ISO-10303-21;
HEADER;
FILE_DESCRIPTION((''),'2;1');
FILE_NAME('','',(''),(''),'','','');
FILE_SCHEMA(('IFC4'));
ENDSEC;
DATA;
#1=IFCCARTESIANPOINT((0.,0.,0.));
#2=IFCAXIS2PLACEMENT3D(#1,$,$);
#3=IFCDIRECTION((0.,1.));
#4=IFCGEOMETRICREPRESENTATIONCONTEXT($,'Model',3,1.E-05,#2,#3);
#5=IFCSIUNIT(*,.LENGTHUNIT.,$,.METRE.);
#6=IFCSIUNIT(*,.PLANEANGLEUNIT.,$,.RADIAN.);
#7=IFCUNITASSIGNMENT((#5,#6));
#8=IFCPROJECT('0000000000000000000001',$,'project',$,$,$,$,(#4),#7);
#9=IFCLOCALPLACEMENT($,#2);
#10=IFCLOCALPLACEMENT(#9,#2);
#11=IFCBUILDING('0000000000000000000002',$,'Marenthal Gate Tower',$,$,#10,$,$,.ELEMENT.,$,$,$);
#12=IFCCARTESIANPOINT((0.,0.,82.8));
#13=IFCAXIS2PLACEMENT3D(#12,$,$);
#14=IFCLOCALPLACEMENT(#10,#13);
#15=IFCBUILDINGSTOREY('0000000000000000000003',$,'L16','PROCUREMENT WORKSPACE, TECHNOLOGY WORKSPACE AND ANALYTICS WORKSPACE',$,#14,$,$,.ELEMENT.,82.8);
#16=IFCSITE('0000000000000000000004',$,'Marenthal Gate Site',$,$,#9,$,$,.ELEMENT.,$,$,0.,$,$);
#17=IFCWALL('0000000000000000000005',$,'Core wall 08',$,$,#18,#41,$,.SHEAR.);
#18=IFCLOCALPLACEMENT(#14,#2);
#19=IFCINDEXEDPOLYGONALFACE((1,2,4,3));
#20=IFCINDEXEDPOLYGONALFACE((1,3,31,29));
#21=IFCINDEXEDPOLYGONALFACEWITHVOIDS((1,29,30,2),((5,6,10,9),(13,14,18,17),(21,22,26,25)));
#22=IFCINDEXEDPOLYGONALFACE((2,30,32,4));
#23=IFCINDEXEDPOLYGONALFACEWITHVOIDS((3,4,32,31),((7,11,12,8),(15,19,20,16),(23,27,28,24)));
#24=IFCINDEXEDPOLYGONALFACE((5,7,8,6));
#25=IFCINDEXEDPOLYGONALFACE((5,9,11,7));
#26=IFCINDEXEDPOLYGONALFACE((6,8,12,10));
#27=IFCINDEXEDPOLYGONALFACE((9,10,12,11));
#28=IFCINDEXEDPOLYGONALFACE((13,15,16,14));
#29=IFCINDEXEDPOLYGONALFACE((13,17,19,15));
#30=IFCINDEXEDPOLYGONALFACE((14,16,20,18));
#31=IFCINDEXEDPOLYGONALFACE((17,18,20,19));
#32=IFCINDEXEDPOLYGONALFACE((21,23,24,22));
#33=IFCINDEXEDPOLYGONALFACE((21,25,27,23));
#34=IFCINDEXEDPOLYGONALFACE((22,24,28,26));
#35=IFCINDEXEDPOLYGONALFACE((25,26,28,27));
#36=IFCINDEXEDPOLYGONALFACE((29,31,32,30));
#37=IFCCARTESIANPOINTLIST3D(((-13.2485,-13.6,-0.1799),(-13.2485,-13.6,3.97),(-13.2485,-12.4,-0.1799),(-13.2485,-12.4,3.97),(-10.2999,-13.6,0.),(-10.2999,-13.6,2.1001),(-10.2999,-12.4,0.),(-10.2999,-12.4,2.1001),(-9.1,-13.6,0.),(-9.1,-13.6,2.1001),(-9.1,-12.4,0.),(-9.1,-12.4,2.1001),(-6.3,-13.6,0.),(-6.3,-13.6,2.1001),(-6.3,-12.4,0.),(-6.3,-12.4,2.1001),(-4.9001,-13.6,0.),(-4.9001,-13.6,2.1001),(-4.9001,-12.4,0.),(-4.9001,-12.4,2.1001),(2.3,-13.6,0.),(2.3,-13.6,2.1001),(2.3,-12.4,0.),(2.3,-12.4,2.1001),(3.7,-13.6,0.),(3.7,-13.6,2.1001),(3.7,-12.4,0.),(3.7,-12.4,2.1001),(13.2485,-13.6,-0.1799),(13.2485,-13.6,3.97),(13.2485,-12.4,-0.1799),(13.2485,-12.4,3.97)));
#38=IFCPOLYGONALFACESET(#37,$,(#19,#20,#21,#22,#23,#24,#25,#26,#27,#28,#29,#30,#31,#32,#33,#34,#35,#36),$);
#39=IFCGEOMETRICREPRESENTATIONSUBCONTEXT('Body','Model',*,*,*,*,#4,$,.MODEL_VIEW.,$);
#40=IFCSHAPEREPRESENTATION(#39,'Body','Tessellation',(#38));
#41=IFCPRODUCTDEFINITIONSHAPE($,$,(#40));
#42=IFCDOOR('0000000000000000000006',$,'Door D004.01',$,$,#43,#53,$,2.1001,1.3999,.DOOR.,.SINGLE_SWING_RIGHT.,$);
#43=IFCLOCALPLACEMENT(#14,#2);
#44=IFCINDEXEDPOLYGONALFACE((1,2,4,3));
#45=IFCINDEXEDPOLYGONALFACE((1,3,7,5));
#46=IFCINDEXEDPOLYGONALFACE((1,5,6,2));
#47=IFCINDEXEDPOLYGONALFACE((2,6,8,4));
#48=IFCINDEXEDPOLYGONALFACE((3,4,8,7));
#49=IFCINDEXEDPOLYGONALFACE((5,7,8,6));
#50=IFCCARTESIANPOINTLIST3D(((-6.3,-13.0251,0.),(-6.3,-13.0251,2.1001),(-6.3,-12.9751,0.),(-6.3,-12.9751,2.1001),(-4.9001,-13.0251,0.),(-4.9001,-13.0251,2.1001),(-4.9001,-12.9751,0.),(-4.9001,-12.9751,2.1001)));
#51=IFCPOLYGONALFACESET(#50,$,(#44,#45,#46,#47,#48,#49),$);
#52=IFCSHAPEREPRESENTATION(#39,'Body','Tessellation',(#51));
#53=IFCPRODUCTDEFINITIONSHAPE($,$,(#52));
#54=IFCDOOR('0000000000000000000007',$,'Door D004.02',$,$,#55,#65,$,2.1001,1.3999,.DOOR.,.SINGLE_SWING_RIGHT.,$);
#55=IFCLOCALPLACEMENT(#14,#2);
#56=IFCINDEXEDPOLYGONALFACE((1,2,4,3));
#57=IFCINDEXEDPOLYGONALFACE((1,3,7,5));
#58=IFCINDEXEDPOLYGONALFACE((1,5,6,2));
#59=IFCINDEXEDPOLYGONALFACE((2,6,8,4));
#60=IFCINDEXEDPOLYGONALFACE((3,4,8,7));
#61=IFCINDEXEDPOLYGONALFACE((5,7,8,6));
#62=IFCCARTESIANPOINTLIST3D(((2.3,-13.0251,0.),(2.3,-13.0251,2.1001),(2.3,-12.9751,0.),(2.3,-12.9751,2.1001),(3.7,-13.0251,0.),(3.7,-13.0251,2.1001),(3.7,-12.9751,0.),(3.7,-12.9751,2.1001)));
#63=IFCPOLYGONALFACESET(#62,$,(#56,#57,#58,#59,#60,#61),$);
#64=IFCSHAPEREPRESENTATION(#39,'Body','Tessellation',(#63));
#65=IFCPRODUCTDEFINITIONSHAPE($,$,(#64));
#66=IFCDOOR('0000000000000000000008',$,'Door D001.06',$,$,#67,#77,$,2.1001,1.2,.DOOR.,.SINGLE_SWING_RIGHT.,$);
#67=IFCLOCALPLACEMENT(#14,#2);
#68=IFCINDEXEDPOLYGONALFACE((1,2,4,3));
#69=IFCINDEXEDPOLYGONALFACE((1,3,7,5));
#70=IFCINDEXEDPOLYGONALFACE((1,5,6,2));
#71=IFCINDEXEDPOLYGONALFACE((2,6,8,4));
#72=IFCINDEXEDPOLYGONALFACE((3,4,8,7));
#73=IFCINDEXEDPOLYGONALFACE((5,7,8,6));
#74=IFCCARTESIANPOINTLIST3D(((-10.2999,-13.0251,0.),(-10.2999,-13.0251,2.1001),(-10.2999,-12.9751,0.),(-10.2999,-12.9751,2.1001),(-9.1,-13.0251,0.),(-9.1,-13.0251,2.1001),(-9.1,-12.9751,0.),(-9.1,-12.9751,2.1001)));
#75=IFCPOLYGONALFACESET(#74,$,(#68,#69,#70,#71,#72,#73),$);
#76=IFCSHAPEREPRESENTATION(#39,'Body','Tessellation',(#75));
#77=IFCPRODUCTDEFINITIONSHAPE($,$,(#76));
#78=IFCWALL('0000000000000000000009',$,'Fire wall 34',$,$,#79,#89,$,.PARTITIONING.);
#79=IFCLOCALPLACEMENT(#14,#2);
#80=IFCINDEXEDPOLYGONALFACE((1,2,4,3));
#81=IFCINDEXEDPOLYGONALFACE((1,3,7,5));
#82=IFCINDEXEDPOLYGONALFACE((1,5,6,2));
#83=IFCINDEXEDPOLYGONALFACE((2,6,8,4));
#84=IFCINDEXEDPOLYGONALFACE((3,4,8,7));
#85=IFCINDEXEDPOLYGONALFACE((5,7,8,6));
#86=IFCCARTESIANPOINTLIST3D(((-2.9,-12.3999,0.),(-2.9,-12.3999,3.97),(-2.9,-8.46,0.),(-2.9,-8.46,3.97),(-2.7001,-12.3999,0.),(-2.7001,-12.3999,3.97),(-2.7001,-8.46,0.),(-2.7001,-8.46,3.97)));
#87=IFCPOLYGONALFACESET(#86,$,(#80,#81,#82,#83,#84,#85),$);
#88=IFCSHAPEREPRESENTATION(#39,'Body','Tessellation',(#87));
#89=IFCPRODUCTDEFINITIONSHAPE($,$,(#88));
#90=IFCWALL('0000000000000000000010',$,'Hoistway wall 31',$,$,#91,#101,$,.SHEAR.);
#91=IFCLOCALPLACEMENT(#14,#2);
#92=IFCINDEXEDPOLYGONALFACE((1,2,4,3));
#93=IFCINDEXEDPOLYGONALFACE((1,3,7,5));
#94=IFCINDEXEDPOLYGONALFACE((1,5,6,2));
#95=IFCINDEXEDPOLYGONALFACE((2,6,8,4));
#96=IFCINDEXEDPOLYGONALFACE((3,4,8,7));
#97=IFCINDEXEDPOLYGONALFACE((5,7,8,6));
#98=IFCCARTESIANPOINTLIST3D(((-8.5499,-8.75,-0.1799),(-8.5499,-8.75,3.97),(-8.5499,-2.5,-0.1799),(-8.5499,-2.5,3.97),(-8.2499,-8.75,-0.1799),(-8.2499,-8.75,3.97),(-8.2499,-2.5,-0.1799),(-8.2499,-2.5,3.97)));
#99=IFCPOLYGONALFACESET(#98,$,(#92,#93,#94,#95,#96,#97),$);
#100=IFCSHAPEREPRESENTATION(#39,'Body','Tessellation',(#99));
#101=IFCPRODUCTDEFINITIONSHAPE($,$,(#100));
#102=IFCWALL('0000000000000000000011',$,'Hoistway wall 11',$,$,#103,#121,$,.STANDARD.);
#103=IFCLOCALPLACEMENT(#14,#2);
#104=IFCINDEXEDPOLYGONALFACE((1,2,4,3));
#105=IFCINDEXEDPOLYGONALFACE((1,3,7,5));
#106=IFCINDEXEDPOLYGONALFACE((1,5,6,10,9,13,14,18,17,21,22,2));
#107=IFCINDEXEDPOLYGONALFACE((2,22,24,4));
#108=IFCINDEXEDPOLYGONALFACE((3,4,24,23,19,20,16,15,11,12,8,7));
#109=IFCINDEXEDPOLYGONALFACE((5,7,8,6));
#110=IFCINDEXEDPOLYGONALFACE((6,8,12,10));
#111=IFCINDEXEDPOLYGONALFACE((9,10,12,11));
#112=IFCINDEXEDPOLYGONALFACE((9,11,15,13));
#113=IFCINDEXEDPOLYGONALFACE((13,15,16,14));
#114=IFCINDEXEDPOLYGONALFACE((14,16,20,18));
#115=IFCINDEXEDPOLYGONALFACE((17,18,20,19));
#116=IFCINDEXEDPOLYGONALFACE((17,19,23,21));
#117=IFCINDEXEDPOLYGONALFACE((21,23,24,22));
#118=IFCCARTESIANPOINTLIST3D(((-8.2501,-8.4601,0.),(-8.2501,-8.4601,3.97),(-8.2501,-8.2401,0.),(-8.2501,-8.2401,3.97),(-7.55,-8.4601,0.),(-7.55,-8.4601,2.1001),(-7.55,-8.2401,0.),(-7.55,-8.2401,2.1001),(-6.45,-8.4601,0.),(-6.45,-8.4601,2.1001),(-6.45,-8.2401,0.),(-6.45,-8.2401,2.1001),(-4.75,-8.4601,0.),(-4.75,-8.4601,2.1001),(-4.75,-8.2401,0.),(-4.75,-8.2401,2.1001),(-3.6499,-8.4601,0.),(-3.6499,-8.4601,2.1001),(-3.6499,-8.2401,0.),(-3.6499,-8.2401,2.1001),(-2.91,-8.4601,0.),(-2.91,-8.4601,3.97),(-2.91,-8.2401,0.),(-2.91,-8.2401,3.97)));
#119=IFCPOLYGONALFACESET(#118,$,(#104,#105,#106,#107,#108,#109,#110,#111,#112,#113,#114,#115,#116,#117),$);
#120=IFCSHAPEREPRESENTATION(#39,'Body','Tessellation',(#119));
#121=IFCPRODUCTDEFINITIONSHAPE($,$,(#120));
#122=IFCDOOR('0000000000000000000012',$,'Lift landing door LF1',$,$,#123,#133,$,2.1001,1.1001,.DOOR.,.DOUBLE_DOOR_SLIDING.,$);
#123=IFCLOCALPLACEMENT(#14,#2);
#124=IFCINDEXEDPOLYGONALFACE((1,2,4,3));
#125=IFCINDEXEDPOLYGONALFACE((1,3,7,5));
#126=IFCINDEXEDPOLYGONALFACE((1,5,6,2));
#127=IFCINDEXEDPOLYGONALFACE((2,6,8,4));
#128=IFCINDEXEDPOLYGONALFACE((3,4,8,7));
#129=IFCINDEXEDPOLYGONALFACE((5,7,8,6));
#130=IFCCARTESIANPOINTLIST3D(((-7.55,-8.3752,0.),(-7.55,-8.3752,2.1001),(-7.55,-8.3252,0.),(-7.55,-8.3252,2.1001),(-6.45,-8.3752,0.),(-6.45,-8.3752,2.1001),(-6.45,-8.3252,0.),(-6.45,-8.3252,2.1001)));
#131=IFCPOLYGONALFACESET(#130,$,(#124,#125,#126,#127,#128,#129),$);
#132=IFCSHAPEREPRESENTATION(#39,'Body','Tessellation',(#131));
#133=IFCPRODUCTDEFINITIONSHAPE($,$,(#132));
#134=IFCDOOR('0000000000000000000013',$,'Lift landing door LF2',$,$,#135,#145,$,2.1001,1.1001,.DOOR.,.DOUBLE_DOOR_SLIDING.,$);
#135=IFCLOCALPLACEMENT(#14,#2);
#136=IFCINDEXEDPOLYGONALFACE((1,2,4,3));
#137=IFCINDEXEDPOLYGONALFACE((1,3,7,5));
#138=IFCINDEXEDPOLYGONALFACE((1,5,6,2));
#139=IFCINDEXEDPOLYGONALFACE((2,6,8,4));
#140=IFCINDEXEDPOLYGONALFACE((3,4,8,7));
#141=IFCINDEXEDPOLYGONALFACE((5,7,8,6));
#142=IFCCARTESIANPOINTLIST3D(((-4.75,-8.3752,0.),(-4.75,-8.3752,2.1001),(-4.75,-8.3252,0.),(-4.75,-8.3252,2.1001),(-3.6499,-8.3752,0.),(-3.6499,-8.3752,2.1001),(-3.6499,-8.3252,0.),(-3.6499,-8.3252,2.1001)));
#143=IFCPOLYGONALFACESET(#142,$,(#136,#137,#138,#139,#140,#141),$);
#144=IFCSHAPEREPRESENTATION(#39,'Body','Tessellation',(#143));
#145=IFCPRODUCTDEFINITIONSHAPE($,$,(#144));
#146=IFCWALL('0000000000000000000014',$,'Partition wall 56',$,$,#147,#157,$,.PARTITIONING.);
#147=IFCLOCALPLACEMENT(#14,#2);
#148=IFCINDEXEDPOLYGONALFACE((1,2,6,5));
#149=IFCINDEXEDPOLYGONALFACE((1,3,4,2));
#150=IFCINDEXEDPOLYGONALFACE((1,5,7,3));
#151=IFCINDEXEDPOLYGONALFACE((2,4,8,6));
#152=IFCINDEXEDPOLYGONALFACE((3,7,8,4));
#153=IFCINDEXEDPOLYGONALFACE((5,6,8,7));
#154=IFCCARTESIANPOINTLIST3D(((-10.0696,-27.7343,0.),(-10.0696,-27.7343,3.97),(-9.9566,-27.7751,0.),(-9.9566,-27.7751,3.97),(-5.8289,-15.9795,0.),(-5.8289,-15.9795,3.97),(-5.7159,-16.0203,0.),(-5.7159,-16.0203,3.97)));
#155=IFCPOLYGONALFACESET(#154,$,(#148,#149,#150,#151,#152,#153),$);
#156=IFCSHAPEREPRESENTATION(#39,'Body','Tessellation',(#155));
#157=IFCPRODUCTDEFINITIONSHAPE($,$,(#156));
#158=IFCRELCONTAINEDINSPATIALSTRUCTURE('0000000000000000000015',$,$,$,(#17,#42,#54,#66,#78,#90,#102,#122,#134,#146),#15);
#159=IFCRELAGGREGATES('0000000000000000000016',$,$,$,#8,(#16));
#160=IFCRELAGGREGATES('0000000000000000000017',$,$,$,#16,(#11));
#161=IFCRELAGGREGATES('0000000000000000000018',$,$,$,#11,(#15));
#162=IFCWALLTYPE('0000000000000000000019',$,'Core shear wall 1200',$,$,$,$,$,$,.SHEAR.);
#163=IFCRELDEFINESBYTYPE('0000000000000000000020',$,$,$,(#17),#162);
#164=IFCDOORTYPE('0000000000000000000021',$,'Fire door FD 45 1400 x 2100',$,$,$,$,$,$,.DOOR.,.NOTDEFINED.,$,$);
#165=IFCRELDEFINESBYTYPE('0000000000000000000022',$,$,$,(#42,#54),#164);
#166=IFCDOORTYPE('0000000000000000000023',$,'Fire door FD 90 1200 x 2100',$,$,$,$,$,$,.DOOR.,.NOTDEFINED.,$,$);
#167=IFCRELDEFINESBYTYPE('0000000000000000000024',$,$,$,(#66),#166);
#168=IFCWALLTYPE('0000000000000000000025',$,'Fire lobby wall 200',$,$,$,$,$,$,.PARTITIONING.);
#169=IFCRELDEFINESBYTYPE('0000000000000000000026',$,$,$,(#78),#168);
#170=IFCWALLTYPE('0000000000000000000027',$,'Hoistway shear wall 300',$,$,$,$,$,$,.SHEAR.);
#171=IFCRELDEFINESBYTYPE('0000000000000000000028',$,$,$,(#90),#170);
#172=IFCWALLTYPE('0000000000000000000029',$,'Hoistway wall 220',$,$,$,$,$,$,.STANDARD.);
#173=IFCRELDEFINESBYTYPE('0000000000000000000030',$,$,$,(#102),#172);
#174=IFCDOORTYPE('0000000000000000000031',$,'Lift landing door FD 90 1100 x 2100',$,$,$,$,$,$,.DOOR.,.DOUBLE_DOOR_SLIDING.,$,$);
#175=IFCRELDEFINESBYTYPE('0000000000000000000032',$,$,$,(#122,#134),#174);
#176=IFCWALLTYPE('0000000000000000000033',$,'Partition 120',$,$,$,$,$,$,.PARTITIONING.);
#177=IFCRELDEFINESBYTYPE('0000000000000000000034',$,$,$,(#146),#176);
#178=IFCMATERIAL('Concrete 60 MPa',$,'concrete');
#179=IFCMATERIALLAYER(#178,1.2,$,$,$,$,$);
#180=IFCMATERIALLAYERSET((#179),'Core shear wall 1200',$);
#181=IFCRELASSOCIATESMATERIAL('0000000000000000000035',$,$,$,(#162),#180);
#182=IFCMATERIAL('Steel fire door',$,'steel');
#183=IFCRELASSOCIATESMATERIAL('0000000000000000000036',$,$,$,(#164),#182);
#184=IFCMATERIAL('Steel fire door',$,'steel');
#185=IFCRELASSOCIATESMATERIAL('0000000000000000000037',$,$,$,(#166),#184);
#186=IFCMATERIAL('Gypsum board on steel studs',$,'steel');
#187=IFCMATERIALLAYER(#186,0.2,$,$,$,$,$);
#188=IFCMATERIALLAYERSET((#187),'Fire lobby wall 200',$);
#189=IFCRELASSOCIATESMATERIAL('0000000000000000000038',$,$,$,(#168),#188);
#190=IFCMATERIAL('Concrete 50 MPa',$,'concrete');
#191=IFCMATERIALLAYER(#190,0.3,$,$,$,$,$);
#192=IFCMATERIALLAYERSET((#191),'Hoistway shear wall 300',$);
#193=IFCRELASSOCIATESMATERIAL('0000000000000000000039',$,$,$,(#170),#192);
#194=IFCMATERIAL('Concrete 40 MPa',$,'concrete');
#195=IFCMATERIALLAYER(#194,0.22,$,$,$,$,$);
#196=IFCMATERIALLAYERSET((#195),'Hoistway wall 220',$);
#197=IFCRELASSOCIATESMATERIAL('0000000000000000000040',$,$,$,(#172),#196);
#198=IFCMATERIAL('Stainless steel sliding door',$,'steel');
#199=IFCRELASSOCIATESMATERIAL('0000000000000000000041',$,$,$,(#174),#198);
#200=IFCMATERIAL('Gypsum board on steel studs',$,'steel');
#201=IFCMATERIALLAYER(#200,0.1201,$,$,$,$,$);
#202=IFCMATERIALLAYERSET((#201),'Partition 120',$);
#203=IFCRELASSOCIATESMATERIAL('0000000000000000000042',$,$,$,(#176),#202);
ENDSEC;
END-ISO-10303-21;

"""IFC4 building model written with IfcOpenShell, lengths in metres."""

from ifc_helpers import new_model, si_unit, direction, frame, frame_2d, origin, place, context, subcontext, project, spatial, rectangle, extrude, material, layer, layer_set, type_object, element, fill, save


model = new_model("IFC4")

# Units and contexts
model_context = context("Model", 3, precision=1e-05, world=origin(), true_north=direction((0.0, 1.0)))
body_context = subcontext(model_context, "Body", "Model", "MODEL_VIEW")
ifc_project = project(units=[si_unit("LENGTHUNIT", "METRE"), si_unit("PLANEANGLEUNIT", "RADIAN")], contexts=[model_context])

# Site, building, storey
site_placement = place(None, origin())
site = spatial("IfcSite", under=ifc_project, at=site_placement, Name="Marenthal Gate Site", CompositionType="ELEMENT", RefElevation=0.0)
building_placement = place(site_placement, origin())
building = spatial("IfcBuilding", under=site, at=building_placement, Name="Marenthal Gate Tower", CompositionType="ELEMENT")
storey_placement = place(building_placement, frame((0.0, 0.0, 82.8)))
storey = spatial("IfcBuildingStorey", under=building, at=storey_placement, Name="L16", Description="PROCUREMENT WORKSPACE, TECHNOLOGY WORKSPACE AND ANALYTICS WORKSPACE", CompositionType="ELEMENT", Elevation=82.8)

# Wall, openings, doors
ifc_material_1 = material(Name="Concrete 60 MPa", Category="concrete")
ifc_layer_1 = layer(ifc_material_1, 1.2)
ifc_layer_set_1 = layer_set([ifc_layer_1], Name="Core shear wall 1200")
wall_type_1 = type_object("IfcWallType", Name="Core shear wall 1200", PredefinedType="SHEAR", material=ifc_layer_set_1)
wall_1_placement = place(storey_placement, frame((-13.2485, -13.0, -0.1799), z_axis=(0.0, 0.0, 1.0), x_axis=(1.0, 0.0, 0.0)))
wall_1 = element("IfcWall", 1, at=wall_1_placement, inside=storey, type_object=wall_type_1, Name="Core wall 08", PredefinedType="SHEAR", context=body_context, shape_type="SweptSolid", body=[
    extrude(rectangle(XDim=26.4971, YDim=1.2, at=frame_2d((13.2485, 0.0))), origin(), (0.0, 0.0, 1.0), 4.1499),
])
opening_1_placement = place(wall_1_placement, frame((2.9485, 0.0, 0.1799)))
opening_1 = element("IfcOpeningElement", 2, at=opening_1_placement, cuts=wall_1, PredefinedType="OPENING", context=body_context, shape_type="SweptSolid", body=[
    extrude(rectangle(XDim=1.2, YDim=2.1001, at=frame_2d((0.6001, 1.05))), frame((0.0, 0.6099, 0.0), z_axis=(0.0, -1.0, 0.0), x_axis=(1.0, 0.0, 0.0)), (0.0, 0.0, 1.0), 1.22),
])
opening_2_placement = place(wall_1_placement, frame((6.9485, 0.0, 0.1799)))
opening_2 = element("IfcOpeningElement", 3, at=opening_2_placement, cuts=wall_1, PredefinedType="OPENING", context=body_context, shape_type="SweptSolid", body=[
    extrude(rectangle(XDim=1.3999, YDim=2.1001, at=frame_2d((0.7, 1.05))), frame((0.0, 0.6099, 0.0), z_axis=(0.0, -1.0, 0.0), x_axis=(1.0, 0.0, 0.0)), (0.0, 0.0, 1.0), 1.22),
])
opening_3_placement = place(wall_1_placement, frame((15.5486, 0.0, 0.1799)))
opening_3 = element("IfcOpeningElement", 4, at=opening_3_placement, cuts=wall_1, PredefinedType="OPENING", context=body_context, shape_type="SweptSolid", body=[
    extrude(rectangle(XDim=1.3999, YDim=2.1001, at=frame_2d((0.7, 1.05))), frame((0.0, 0.6099, 0.0), z_axis=(0.0, -1.0, 0.0), x_axis=(1.0, 0.0, 0.0)), (0.0, 0.0, 1.0), 1.22),
])
ifc_material_2 = material(Name="Steel fire door", Category="steel")
door_type_1 = type_object("IfcDoorType", Name="Fire door FD 45 1400 x 2100", OperationType="NOTDEFINED", PredefinedType="DOOR", material=ifc_material_2)
door_1_placement = place(opening_2_placement, origin())
door_1 = element("IfcDoor", 5, at=door_1_placement, inside=storey, type_object=door_type_1, Name="Door D004.01", OperationType="SINGLE_SWING_RIGHT", OverallHeight=2.1001, OverallWidth=1.3999, PredefinedType="DOOR", context=body_context, shape_type="SweptSolid", body=[
    extrude(rectangle(XDim=1.3999, YDim=2.1001, at=frame_2d((0.7, 1.05))), frame((0.0, 0.0249, 0.0), z_axis=(0.0, -1.0, 0.0), x_axis=(1.0, 0.0, 0.0)), (0.0, 0.0, 1.0), 0.05),
])
fill(opening_2, door_1)
door_2_placement = place(opening_3_placement, origin())
door_2 = element("IfcDoor", 6, at=door_2_placement, inside=storey, type_object=door_type_1, Name="Door D004.02", OperationType="SINGLE_SWING_RIGHT", OverallHeight=2.1001, OverallWidth=1.3999, PredefinedType="DOOR", context=body_context, shape_type="SweptSolid", body=[
    extrude(rectangle(XDim=1.3999, YDim=2.1001, at=frame_2d((0.7, 1.05))), frame((0.0, 0.0249, 0.0), z_axis=(0.0, -1.0, 0.0), x_axis=(1.0, 0.0, 0.0)), (0.0, 0.0, 1.0), 0.05),
])
fill(opening_3, door_2)
ifc_material_3 = material(Name="Steel fire door", Category="steel")
door_type_2 = type_object("IfcDoorType", Name="Fire door FD 90 1200 x 2100", OperationType="NOTDEFINED", PredefinedType="DOOR", material=ifc_material_3)
door_3_placement = place(opening_1_placement, origin())
door_3 = element("IfcDoor", 7, at=door_3_placement, inside=storey, type_object=door_type_2, Name="Door D001.06", OperationType="SINGLE_SWING_RIGHT", OverallHeight=2.1001, OverallWidth=1.2, PredefinedType="DOOR", context=body_context, shape_type="SweptSolid", body=[
    extrude(rectangle(XDim=1.2, YDim=2.1001, at=frame_2d((0.6001, 1.05))), frame((0.0, 0.0249, 0.0), z_axis=(0.0, -1.0, 0.0), x_axis=(1.0, 0.0, 0.0)), (0.0, 0.0, 1.0), 0.05),
])
fill(opening_1, door_3)

# Walls
ifc_material_4 = material(Name="Gypsum board on steel studs", Category="steel")
ifc_layer_2 = layer(ifc_material_4, 0.2)
ifc_layer_set_2 = layer_set([ifc_layer_2], Name="Fire lobby wall 200")
wall_type_2 = type_object("IfcWallType", Name="Fire lobby wall 200", PredefinedType="PARTITIONING", material=ifc_layer_set_2)
wall_2_placement = place(storey_placement, frame((-2.8, -12.3999, 0.0), z_axis=(0.0, 0.0, 1.0), x_axis=(0.0, 1.0, 0.0)))
element("IfcWall", 8, at=wall_2_placement, inside=storey, type_object=wall_type_2, Name="Fire wall 34", PredefinedType="PARTITIONING", context=body_context, shape_type="SweptSolid", body=[
    extrude(rectangle(XDim=3.9399, YDim=0.2, at=frame_2d((1.97, 0.0))), origin(), (0.0, 0.0, 1.0), 3.97),
])
ifc_material_5 = material(Name="Concrete 50 MPa", Category="concrete")
ifc_layer_3 = layer(ifc_material_5, 0.3)
ifc_layer_set_3 = layer_set([ifc_layer_3], Name="Hoistway shear wall 300")
wall_type_3 = type_object("IfcWallType", Name="Hoistway shear wall 300", PredefinedType="SHEAR", material=ifc_layer_set_3)
wall_3_placement = place(storey_placement, frame((-8.3999, -8.75, -0.1799), z_axis=(0.0, 0.0, 1.0), x_axis=(0.0, 1.0, 0.0)))
element("IfcWall", 9, at=wall_3_placement, inside=storey, type_object=wall_type_3, Name="Hoistway wall 31", PredefinedType="SHEAR", context=body_context, shape_type="SweptSolid", body=[
    extrude(rectangle(XDim=6.25, YDim=0.3, at=frame_2d((3.125, 0.0))), origin(), (0.0, 0.0, 1.0), 4.1499),
])

# Wall, openings, doors
ifc_material_6 = material(Name="Concrete 40 MPa", Category="concrete")
ifc_layer_4 = layer(ifc_material_6, 0.22)
ifc_layer_set_4 = layer_set([ifc_layer_4], Name="Hoistway wall 220")
wall_type_4 = type_object("IfcWallType", Name="Hoistway wall 220", PredefinedType="STANDARD", material=ifc_layer_set_4)
wall_4_placement = place(storey_placement, frame((-8.25, -8.3501, 0.0), z_axis=(0.0, 0.0, 1.0), x_axis=(1.0, 0.0, 0.0)))
wall_4 = element("IfcWall", 10, at=wall_4_placement, inside=storey, type_object=wall_type_4, Name="Hoistway wall 11", PredefinedType="STANDARD", context=body_context, shape_type="SweptSolid", body=[
    extrude(rectangle(XDim=5.3401, YDim=0.22, at=frame_2d((2.6699, 0.0))), origin(), (0.0, 0.0, 1.0), 3.97),
])
opening_4_placement = place(wall_4_placement, frame((0.7, 0.0, 0.0)))
opening_4 = element("IfcOpeningElement", 11, at=opening_4_placement, cuts=wall_4, PredefinedType="OPENING", context=body_context, shape_type="SweptSolid", body=[
    extrude(rectangle(XDim=1.1001, YDim=2.1001, at=frame_2d((0.55, 1.05))), frame((0.0, 0.1201, 0.0), z_axis=(0.0, -1.0, 0.0), x_axis=(1.0, 0.0, 0.0)), (0.0, 0.0, 1.0), 0.24),
])
opening_5_placement = place(wall_4_placement, frame((3.5, 0.0, 0.0)))
opening_5 = element("IfcOpeningElement", 12, at=opening_5_placement, cuts=wall_4, PredefinedType="OPENING", context=body_context, shape_type="SweptSolid", body=[
    extrude(rectangle(XDim=1.1001, YDim=2.1001, at=frame_2d((0.55, 1.05))), frame((0.0, 0.1201, 0.0), z_axis=(0.0, -1.0, 0.0), x_axis=(1.0, 0.0, 0.0)), (0.0, 0.0, 1.0), 0.24),
])
ifc_material_7 = material(Name="Stainless steel sliding door", Category="steel")
door_type_3 = type_object("IfcDoorType", Name="Lift landing door FD 90 1100 x 2100", OperationType="DOUBLE_DOOR_SLIDING", PredefinedType="DOOR", material=ifc_material_7)
door_4_placement = place(opening_4_placement, origin())
door_4 = element("IfcDoor", 13, at=door_4_placement, inside=storey, type_object=door_type_3, Name="Lift landing door LF1", OperationType="DOUBLE_DOOR_SLIDING", OverallHeight=2.1001, OverallWidth=1.1001, PredefinedType="DOOR", context=body_context, shape_type="SweptSolid", body=[
    extrude(rectangle(XDim=1.1001, YDim=2.1001, at=frame_2d((0.55, 1.05))), frame((0.0, 0.0249, 0.0), z_axis=(0.0, -1.0, 0.0), x_axis=(1.0, 0.0, 0.0)), (0.0, 0.0, 1.0), 0.05),
])
fill(opening_4, door_4)
door_5_placement = place(opening_5_placement, origin())
door_5 = element("IfcDoor", 14, at=door_5_placement, inside=storey, type_object=door_type_3, Name="Lift landing door LF2", OperationType="DOUBLE_DOOR_SLIDING", OverallHeight=2.1001, OverallWidth=1.1001, PredefinedType="DOOR", context=body_context, shape_type="SweptSolid", body=[
    extrude(rectangle(XDim=1.1001, YDim=2.1001, at=frame_2d((0.55, 1.05))), frame((0.0, 0.0249, 0.0), z_axis=(0.0, -1.0, 0.0), x_axis=(1.0, 0.0, 0.0)), (0.0, 0.0, 1.0), 0.05),
])
fill(opening_5, door_5)

# Wall
ifc_material_8 = material(Name="Gypsum board on steel studs", Category="steel")
ifc_layer_5 = layer(ifc_material_8, 0.1201)
ifc_layer_set_5 = layer_set([ifc_layer_5], Name="Partition 120")
wall_type_5 = type_object("IfcWallType", Name="Partition 120", PredefinedType="PARTITIONING", material=ifc_layer_set_5)
wall_5_placement = place(storey_placement, frame((-5.7725, -16.0, 0.0), z_axis=(0.0, 0.0, 1.0), x_axis=(-0.339354, -0.940659, 0.0)))
element("IfcWall", 15, at=wall_5_placement, inside=storey, type_object=wall_type_5, Name="Partition wall 56", PredefinedType="PARTITIONING", context=body_context, shape_type="SweptSolid", body=[
    extrude(rectangle(XDim=12.4963, YDim=0.1201, at=frame_2d((6.248, 0.0))), origin(), (0.0, 0.0, 1.0), 3.97),
])

save(model, "model.ifc")
